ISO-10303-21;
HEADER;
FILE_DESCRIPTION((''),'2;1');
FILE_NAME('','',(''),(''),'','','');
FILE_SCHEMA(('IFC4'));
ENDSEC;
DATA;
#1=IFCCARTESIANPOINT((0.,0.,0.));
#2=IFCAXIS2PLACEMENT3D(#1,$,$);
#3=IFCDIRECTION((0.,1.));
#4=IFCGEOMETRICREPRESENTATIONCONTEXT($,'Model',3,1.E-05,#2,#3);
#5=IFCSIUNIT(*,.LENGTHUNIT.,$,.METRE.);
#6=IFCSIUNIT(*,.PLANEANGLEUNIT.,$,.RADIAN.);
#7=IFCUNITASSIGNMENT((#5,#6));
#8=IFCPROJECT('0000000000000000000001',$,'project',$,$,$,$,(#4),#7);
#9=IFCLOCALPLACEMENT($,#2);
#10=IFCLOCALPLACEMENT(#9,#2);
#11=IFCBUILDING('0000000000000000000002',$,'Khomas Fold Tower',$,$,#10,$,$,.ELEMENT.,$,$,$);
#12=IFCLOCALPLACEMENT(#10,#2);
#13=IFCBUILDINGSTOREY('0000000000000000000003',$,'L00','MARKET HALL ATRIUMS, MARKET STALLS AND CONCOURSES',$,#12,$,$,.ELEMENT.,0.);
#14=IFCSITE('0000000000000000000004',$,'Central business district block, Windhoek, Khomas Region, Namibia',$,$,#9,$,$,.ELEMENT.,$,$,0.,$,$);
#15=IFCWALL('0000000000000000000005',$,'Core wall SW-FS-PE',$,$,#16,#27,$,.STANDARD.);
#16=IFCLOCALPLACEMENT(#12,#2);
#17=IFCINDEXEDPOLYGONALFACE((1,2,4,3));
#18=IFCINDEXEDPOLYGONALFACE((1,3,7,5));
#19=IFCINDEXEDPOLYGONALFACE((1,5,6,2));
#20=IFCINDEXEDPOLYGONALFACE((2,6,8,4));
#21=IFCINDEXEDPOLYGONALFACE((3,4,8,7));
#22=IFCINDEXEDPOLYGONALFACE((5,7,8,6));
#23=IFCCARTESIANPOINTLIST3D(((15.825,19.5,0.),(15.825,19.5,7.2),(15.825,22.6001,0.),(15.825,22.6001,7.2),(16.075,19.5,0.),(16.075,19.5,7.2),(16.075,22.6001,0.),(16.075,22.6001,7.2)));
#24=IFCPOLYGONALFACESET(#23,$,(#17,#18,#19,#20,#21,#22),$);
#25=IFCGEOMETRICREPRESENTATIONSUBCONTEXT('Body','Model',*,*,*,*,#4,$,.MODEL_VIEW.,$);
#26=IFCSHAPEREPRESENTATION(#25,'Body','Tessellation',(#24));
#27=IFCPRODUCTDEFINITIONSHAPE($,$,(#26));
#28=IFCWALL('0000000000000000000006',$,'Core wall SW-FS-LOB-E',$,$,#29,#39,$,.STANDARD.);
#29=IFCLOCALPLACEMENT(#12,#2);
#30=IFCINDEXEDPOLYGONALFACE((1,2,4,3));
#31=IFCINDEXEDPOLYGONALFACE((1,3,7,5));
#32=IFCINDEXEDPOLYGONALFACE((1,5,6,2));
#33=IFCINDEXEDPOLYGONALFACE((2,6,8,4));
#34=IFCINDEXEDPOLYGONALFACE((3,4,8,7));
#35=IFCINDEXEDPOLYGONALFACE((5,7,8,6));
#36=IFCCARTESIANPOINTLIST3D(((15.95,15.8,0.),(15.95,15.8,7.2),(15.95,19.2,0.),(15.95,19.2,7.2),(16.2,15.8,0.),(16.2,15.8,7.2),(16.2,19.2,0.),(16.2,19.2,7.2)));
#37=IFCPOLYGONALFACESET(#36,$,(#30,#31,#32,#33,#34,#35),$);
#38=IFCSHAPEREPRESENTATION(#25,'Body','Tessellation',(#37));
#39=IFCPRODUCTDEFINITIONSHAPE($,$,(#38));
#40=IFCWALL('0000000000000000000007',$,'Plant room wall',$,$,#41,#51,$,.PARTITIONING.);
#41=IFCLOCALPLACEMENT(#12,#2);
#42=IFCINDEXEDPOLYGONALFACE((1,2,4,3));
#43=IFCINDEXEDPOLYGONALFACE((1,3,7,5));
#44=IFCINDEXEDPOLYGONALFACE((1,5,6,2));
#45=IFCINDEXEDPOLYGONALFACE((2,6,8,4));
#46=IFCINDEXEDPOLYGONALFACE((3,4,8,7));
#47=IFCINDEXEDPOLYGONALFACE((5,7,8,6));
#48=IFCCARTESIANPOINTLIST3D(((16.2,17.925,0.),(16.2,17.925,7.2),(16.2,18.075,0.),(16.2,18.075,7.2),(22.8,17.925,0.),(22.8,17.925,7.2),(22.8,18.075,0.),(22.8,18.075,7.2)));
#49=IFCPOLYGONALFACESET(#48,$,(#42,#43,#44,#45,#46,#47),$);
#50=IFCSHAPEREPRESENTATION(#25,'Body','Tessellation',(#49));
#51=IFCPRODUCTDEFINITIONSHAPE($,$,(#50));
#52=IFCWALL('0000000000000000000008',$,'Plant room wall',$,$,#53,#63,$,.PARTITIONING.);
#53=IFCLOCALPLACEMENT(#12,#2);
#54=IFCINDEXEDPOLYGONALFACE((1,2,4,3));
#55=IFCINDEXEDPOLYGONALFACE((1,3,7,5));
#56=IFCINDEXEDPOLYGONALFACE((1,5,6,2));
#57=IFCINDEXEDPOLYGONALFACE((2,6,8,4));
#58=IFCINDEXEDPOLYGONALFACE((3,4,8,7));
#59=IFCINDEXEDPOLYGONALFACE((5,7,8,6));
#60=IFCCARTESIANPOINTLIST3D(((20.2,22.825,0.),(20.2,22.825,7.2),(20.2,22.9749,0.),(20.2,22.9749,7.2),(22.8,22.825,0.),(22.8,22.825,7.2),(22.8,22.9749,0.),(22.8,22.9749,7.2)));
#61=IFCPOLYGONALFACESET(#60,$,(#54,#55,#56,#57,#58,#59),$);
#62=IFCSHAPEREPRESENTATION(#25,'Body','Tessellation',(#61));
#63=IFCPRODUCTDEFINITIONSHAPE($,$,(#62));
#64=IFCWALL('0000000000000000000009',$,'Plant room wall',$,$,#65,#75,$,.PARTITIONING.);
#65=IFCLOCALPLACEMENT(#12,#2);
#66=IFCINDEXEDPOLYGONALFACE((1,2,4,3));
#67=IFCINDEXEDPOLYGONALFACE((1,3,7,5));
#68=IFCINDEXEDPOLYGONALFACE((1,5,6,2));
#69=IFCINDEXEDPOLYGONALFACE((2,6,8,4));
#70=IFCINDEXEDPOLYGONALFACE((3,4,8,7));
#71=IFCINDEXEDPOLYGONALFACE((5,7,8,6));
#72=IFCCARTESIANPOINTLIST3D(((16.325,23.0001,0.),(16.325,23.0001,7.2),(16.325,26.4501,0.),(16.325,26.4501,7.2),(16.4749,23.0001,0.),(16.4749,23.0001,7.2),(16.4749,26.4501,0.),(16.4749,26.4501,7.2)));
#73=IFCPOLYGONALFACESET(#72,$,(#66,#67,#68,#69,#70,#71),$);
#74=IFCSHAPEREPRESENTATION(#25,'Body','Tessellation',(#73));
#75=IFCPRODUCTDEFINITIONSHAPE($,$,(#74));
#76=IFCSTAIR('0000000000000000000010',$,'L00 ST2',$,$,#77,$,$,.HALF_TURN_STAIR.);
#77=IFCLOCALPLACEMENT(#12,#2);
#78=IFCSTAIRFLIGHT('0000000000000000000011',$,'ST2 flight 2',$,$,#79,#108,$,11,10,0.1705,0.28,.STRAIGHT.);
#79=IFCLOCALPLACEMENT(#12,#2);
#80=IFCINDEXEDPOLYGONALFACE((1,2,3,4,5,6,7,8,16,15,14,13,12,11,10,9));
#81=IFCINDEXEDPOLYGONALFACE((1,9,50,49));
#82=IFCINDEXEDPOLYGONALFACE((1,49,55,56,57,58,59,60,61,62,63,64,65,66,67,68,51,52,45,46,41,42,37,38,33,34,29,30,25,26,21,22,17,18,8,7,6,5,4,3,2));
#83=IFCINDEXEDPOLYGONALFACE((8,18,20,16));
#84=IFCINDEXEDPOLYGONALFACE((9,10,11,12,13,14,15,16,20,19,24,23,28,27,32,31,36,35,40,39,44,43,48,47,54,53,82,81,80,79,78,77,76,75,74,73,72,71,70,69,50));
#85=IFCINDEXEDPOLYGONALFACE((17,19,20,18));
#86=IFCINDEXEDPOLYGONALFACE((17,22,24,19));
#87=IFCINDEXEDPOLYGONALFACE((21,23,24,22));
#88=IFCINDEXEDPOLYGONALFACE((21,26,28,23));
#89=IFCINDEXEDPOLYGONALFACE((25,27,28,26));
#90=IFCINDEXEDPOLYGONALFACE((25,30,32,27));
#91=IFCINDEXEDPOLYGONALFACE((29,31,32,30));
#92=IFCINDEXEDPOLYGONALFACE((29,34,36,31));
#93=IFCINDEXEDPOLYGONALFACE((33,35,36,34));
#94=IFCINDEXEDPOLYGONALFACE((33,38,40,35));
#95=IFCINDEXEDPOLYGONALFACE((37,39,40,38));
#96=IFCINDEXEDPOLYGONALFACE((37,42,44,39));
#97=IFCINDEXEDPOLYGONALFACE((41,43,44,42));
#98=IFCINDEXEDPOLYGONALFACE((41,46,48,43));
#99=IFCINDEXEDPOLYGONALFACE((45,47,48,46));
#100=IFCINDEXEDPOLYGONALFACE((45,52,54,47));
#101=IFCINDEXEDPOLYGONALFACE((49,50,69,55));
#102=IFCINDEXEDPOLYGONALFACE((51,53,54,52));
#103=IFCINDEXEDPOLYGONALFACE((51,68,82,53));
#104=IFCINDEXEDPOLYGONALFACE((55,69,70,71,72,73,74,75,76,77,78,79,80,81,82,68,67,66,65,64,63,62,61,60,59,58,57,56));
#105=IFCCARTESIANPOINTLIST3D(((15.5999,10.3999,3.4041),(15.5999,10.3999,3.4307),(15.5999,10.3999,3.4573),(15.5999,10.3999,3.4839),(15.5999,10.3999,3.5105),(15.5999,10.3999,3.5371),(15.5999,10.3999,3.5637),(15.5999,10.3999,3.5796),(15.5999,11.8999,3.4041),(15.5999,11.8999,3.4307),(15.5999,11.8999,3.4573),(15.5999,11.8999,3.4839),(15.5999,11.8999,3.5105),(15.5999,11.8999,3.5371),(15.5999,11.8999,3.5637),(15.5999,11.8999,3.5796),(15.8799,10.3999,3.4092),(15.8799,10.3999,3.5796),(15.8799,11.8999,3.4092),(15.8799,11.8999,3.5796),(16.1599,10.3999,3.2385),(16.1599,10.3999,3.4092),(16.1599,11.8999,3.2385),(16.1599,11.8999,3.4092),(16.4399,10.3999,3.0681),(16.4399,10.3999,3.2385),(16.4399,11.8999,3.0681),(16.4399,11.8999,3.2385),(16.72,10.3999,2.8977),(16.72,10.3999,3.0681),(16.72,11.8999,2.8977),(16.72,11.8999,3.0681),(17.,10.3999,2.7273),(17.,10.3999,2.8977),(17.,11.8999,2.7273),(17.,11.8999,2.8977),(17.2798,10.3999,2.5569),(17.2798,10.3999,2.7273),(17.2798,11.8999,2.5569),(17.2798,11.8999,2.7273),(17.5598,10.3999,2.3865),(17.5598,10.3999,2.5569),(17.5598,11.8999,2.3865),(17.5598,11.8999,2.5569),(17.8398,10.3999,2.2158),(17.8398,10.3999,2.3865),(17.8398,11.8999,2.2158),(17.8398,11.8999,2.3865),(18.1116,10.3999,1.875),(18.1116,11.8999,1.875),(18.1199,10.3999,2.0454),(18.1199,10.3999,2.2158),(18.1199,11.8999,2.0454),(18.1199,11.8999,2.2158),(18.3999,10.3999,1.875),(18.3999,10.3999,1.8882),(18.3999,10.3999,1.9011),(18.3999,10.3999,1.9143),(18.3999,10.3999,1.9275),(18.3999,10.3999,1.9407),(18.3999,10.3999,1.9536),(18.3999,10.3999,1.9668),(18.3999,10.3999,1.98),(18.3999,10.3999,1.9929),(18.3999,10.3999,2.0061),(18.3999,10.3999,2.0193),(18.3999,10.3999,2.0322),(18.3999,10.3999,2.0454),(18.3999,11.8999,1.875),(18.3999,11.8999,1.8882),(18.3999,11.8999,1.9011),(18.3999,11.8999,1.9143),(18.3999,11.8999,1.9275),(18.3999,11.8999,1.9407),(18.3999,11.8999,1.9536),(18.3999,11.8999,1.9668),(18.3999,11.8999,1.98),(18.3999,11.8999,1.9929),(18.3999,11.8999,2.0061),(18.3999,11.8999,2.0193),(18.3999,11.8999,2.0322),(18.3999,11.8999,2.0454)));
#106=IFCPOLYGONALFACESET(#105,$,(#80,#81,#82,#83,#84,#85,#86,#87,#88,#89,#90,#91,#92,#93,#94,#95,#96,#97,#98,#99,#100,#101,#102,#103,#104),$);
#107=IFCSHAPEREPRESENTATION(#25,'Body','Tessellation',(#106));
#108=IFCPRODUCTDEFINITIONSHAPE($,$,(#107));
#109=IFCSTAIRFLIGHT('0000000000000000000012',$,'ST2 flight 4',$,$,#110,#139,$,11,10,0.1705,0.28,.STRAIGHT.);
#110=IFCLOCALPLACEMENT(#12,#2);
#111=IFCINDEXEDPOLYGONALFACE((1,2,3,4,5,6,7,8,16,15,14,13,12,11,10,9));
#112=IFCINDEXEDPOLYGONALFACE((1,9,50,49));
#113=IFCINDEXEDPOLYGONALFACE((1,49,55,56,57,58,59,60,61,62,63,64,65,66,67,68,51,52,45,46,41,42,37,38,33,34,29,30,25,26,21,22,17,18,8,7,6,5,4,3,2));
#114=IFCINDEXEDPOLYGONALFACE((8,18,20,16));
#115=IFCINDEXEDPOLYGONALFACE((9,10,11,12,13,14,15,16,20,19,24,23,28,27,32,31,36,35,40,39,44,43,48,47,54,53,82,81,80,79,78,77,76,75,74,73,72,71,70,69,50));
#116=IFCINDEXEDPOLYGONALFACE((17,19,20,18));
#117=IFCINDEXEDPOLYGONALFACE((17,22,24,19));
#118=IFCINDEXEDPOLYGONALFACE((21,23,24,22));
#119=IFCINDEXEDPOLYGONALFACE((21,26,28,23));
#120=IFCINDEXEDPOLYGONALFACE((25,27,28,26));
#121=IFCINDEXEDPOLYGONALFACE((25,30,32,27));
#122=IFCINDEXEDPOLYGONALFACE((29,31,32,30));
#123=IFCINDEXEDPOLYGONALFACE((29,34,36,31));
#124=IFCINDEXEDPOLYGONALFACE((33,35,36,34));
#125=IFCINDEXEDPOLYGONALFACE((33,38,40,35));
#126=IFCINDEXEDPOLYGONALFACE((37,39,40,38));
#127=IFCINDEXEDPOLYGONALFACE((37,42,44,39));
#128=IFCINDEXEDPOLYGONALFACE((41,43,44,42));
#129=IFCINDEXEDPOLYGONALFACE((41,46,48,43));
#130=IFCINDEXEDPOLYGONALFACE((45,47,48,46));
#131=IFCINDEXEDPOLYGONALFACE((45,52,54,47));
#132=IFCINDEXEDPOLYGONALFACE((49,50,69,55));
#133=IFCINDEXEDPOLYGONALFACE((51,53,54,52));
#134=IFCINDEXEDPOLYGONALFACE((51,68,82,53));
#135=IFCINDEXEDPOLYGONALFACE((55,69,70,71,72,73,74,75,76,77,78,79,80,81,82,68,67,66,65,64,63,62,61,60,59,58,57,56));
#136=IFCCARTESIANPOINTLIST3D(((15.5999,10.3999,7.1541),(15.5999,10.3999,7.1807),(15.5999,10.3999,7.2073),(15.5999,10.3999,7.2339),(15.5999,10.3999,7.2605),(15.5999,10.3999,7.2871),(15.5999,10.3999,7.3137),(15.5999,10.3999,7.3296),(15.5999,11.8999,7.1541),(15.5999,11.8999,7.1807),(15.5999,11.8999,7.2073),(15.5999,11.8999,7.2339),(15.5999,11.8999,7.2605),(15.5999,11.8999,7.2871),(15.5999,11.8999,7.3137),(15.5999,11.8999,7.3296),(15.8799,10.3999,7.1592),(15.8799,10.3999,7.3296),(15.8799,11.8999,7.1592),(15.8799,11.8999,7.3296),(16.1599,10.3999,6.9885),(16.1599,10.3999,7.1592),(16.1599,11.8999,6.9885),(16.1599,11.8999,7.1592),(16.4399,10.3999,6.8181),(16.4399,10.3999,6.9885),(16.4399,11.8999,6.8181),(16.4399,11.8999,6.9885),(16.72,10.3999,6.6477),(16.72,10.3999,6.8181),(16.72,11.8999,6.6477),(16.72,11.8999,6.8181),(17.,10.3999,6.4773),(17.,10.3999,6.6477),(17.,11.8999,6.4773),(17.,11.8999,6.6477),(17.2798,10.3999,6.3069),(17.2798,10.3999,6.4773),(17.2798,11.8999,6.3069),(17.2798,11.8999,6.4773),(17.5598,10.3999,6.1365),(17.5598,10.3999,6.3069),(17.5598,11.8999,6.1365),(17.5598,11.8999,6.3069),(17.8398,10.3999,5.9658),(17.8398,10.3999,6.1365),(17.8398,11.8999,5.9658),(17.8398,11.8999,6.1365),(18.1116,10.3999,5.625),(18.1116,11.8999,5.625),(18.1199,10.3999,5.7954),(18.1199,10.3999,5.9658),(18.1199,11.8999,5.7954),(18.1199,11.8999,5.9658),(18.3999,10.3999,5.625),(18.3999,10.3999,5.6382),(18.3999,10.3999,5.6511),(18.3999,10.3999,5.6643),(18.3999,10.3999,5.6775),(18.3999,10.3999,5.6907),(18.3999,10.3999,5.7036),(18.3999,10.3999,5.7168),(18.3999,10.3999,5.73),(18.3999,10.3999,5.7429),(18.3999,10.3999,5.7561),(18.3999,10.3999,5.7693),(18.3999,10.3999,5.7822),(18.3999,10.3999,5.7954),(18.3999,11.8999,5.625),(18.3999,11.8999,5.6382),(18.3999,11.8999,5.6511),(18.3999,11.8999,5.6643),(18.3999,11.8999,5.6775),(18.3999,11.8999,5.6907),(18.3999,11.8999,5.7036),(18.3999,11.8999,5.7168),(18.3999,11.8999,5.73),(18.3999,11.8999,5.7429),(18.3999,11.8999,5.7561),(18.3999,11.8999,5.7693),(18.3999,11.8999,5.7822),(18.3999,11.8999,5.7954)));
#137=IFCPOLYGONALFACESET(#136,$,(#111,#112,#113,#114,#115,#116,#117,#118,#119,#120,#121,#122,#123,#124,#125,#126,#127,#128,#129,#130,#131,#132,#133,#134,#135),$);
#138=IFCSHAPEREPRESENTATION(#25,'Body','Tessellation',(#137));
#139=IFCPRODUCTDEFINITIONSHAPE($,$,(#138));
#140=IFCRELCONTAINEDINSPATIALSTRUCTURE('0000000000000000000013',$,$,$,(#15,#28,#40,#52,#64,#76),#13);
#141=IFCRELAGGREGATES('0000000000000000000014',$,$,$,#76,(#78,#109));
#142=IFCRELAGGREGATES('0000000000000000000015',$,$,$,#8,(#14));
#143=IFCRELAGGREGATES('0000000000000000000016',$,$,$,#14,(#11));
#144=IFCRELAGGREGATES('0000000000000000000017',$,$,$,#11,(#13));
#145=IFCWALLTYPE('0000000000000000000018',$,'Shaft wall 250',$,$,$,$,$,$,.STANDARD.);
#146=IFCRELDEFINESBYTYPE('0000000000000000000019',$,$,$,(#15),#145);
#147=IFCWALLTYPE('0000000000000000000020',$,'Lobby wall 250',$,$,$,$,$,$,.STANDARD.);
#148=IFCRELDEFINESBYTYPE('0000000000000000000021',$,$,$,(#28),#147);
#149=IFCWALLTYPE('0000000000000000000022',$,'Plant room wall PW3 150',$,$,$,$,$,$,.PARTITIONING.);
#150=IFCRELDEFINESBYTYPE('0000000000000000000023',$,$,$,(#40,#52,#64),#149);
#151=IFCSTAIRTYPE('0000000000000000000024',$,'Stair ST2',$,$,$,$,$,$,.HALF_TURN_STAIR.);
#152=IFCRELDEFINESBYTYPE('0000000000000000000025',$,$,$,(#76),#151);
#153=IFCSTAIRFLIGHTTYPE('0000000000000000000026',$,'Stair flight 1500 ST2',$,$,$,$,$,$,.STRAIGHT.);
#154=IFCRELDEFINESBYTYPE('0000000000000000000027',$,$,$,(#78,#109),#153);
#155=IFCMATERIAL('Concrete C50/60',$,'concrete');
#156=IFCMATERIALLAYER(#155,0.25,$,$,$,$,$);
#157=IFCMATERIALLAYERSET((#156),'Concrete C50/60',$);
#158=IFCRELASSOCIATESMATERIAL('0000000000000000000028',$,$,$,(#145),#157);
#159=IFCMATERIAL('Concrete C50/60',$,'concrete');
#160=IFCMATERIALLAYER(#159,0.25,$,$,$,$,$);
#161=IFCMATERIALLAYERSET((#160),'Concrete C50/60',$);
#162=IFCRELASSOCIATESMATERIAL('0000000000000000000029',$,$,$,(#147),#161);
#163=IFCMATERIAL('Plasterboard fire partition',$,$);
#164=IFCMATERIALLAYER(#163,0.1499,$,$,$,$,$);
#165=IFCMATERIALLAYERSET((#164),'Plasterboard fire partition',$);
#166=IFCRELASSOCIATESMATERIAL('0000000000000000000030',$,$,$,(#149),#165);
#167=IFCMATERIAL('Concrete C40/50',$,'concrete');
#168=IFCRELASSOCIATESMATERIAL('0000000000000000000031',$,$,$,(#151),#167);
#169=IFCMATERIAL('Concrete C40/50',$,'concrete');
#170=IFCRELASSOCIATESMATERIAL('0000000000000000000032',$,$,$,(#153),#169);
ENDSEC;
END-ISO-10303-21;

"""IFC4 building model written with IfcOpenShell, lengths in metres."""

from ifc_helpers import new_model, si_unit, direction, frame, frame_2d, origin, place, context, subcontext, project, spatial, polyline, rectangle, outline, extrude, source, transform, mapped, material, layer, layer_set, type_object, element, aggregate, save


model = new_model("IFC4")

# Units and contexts
model_context = context("Model", 3, precision=1e-05, world=origin(), true_north=direction((0.0, 1.0)))
body_context = subcontext(model_context, "Body", "Model", "MODEL_VIEW")
ifc_project = project(units=[si_unit("LENGTHUNIT", "METRE"), si_unit("PLANEANGLEUNIT", "RADIAN")], contexts=[model_context])

# Site, building, storey
site_placement = place(None, origin())
site = spatial("IfcSite", under=ifc_project, at=site_placement, Name="Central business district block, Windhoek, Khomas Region, Namibia", CompositionType="ELEMENT", RefElevation=0.0)
building_placement = place(site_placement, origin())
building = spatial("IfcBuilding", under=site, at=building_placement, Name="Khomas Fold Tower", CompositionType="ELEMENT")
storey_placement = place(building_placement, origin())
storey = spatial("IfcBuildingStorey", under=building, at=storey_placement, Name="L00", Description="MARKET HALL ATRIUMS, MARKET STALLS AND CONCOURSES", CompositionType="ELEMENT", Elevation=0.0)

# Walls
ifc_material_1 = material(Name="Concrete C50/60", Category="concrete")
ifc_layer_1 = layer(ifc_material_1, 0.25)
ifc_layer_set_1 = layer_set([ifc_layer_1], Name="Concrete C50/60")
wall_type_1 = type_object("IfcWallType", Name="Shaft wall 250", PredefinedType="STANDARD", material=ifc_layer_set_1)
shared_shape_1 = source(origin(), body_context, "Body", "SweptSolid", [
    extrude(rectangle(XDim=3.1001, YDim=0.25, at=frame_2d((1.55, 0.0))), origin(), (0.0, 0.0, 1.0), 7.2),
])
wall_1_placement = place(storey_placement, frame((15.95, 19.5, 0.0), z_axis=(0.0, 0.0, 1.0), x_axis=(0.0, 1.0, 0.0)))
element("IfcWall", 1, at=wall_1_placement, inside=storey, type_object=wall_type_1, Name="Core wall SW-FS-PE", PredefinedType="STANDARD", context=body_context, shape_type="MappedRepresentation", body=[
    mapped(shared_shape_1, transform((0.0, 0.0, 0.0))),
])
ifc_material_2 = material(Name="Concrete C50/60", Category="concrete")
ifc_layer_2 = layer(ifc_material_2, 0.25)
ifc_layer_set_2 = layer_set([ifc_layer_2], Name="Concrete C50/60")
wall_type_2 = type_object("IfcWallType", Name="Lobby wall 250", PredefinedType="STANDARD", material=ifc_layer_set_2)
shared_shape_2 = source(origin(), body_context, "Body", "SweptSolid", [
    extrude(rectangle(XDim=3.3999, YDim=0.25, at=frame_2d((1.7, 0.0))), origin(), (0.0, 0.0, 1.0), 7.2),
])
wall_2_placement = place(storey_placement, frame((16.075, 15.8, 0.0), z_axis=(0.0, 0.0, 1.0), x_axis=(0.0, 1.0, 0.0)))
element("IfcWall", 2, at=wall_2_placement, inside=storey, type_object=wall_type_2, Name="Core wall SW-FS-LOB-E", PredefinedType="STANDARD", context=body_context, shape_type="MappedRepresentation", body=[
    mapped(shared_shape_2, transform((0.0, 0.0, 0.0))),
])
ifc_material_3 = material(Name="Plasterboard fire partition")
ifc_layer_3 = layer(ifc_material_3, 0.1499)
ifc_layer_set_3 = layer_set([ifc_layer_3], Name="Plasterboard fire partition")
wall_type_3 = type_object("IfcWallType", Name="Plant room wall PW3 150", PredefinedType="PARTITIONING", material=ifc_layer_set_3)
shared_shape_3 = source(origin(), body_context, "Body", "SweptSolid", [
    extrude(rectangle(XDim=6.6001, YDim=0.1499, at=frame_2d((3.3, 0.0))), origin(), (0.0, 0.0, 1.0), 7.2),
])
wall_3_placement = place(storey_placement, frame((16.2, 18.0, 0.0), z_axis=(0.0, 0.0, 1.0), x_axis=(1.0, 0.0, 0.0)))
element("IfcWall", 3, at=wall_3_placement, inside=storey, type_object=wall_type_3, Name="Plant room wall", PredefinedType="PARTITIONING", context=body_context, shape_type="MappedRepresentation", body=[
    mapped(shared_shape_3, transform((0.0, 0.0, 0.0))),
])
shared_shape_4 = source(origin(), body_context, "Body", "SweptSolid", [
    extrude(rectangle(XDim=2.6001, YDim=0.1499, at=frame_2d((1.3, 0.0))), origin(), (0.0, 0.0, 1.0), 7.2),
])
wall_4_placement = place(storey_placement, frame((20.2, 22.8999, 0.0), z_axis=(0.0, 0.0, 1.0), x_axis=(1.0, 0.0, 0.0)))
element("IfcWall", 4, at=wall_4_placement, inside=storey, type_object=wall_type_3, Name="Plant room wall", PredefinedType="PARTITIONING", context=body_context, shape_type="MappedRepresentation", body=[
    mapped(shared_shape_4, transform((0.0, 0.0, 0.0))),
])
shared_shape_5 = source(origin(), body_context, "Body", "SweptSolid", [
    extrude(rectangle(XDim=3.45, YDim=0.1499, at=frame_2d((1.7251, 0.0))), origin(), (0.0, 0.0, 1.0), 7.2),
])
wall_5_placement = place(storey_placement, frame((16.3999, 23.0, 0.0), z_axis=(0.0, 0.0, 1.0), x_axis=(0.0, 1.0, 0.0)))
element("IfcWall", 5, at=wall_5_placement, inside=storey, type_object=wall_type_3, Name="Plant room wall", PredefinedType="PARTITIONING", context=body_context, shape_type="MappedRepresentation", body=[
    mapped(shared_shape_5, transform((0.0, 0.0, 0.0))),
])

# Stair, stair flights
ifc_material_4 = material(Name="Concrete C40/50", Category="concrete")
stair_type = type_object("IfcStairType", Name="Stair ST2", PredefinedType="HALF_TURN_STAIR", material=ifc_material_4)
stair_placement = place(storey_placement, origin())
stair = element("IfcStair", 6, at=stair_placement, inside=storey, type_object=stair_type, Name="L00 ST2", PredefinedType="HALF_TURN_STAIR")
ifc_material_5 = material(Name="Concrete C40/50", Category="concrete")
stair_flight_type = type_object("IfcStairFlightType", Name="Stair flight 1500 ST2", PredefinedType="STRAIGHT", material=ifc_material_5)
shared_shape_6 = source(origin(), body_context, "Body", "SweptSolid", [
    extrude(outline(polyline([(0.0, 0.0), (0.0, 0.0132), (0.0, 0.0261), (0.0, 0.0393), (0.0, 0.0525), (0.0, 0.0657), (0.0, 0.0786), (0.0, 0.0918), (0.0, 0.105), (0.0, 0.1179), (0.0, 0.1311), (0.0, 0.1443), (0.0, 0.1572), (0.0, 0.1704), (0.28, 0.1704), (0.28, 0.3408), (0.5601, 0.3408), (0.5601, 0.5115), (0.8401, 0.5115), (0.8401, 0.6819), (1.1201, 0.6819), (1.1201, 0.8523), (1.3999, 0.8523), (1.3999, 1.0227), (1.6799, 1.0227), (1.6799, 1.1931), (1.96, 1.1931), (1.96, 1.3635), (2.24, 1.3635), (2.24, 1.5342), (2.52, 1.5342), (2.52, 1.7046), (2.8, 1.7046), (2.8, 1.875), (2.8, 1.8484), (2.8, 1.8218), (2.8, 1.7952), (2.8, 1.7686), (2.8, 1.7419), (2.8, 1.7153), (2.8, 1.6887), (2.8, 1.6621), (2.8, 1.6355), (2.8, 1.6089), (2.8, 1.5823), (2.8, 1.5557), (2.8, 1.5291), (0.2883, 0.0), (0.0, 0.0)])), frame((0.0, 0.75, 0.0), z_axis=(0.0, -1.0, 0.0), x_axis=(1.0, 0.0, 0.0)), (0.0, 0.0, 1.0), 1.5),
])
stair_flight_1_placement = place(storey_placement, frame((18.3999, 11.1499, 1.875), z_axis=(0.0, 0.0, 1.0), x_axis=(-1.0, 0.0, 0.0)))
stair_flight_1 = element("IfcStairFlight", 7, at=stair_flight_1_placement, type_object=stair_flight_type, Name="ST2 flight 2", NumberOfRisers=11, NumberOfTreads=10, PredefinedType="STRAIGHT", RiserHeight=0.1705, TreadLength=0.28, context=body_context, shape_type="MappedRepresentation", body=[
    mapped(shared_shape_6, transform((0.0, 0.0, 0.0))),
])
stair_flight_2_placement = place(storey_placement, frame((18.3999, 11.1499, 5.625), z_axis=(0.0, 0.0, 1.0), x_axis=(-1.0, 0.0, 0.0)))
stair_flight_2 = element("IfcStairFlight", 8, at=stair_flight_2_placement, type_object=stair_flight_type, Name="ST2 flight 4", NumberOfRisers=11, NumberOfTreads=10, PredefinedType="STRAIGHT", RiserHeight=0.1705, TreadLength=0.28, context=body_context, shape_type="MappedRepresentation", body=[
    mapped(shared_shape_6, transform((0.0, 0.0, 0.0))),
])
aggregate(stair, [stair_flight_1, stair_flight_2])

save(model, "model.ifc")
